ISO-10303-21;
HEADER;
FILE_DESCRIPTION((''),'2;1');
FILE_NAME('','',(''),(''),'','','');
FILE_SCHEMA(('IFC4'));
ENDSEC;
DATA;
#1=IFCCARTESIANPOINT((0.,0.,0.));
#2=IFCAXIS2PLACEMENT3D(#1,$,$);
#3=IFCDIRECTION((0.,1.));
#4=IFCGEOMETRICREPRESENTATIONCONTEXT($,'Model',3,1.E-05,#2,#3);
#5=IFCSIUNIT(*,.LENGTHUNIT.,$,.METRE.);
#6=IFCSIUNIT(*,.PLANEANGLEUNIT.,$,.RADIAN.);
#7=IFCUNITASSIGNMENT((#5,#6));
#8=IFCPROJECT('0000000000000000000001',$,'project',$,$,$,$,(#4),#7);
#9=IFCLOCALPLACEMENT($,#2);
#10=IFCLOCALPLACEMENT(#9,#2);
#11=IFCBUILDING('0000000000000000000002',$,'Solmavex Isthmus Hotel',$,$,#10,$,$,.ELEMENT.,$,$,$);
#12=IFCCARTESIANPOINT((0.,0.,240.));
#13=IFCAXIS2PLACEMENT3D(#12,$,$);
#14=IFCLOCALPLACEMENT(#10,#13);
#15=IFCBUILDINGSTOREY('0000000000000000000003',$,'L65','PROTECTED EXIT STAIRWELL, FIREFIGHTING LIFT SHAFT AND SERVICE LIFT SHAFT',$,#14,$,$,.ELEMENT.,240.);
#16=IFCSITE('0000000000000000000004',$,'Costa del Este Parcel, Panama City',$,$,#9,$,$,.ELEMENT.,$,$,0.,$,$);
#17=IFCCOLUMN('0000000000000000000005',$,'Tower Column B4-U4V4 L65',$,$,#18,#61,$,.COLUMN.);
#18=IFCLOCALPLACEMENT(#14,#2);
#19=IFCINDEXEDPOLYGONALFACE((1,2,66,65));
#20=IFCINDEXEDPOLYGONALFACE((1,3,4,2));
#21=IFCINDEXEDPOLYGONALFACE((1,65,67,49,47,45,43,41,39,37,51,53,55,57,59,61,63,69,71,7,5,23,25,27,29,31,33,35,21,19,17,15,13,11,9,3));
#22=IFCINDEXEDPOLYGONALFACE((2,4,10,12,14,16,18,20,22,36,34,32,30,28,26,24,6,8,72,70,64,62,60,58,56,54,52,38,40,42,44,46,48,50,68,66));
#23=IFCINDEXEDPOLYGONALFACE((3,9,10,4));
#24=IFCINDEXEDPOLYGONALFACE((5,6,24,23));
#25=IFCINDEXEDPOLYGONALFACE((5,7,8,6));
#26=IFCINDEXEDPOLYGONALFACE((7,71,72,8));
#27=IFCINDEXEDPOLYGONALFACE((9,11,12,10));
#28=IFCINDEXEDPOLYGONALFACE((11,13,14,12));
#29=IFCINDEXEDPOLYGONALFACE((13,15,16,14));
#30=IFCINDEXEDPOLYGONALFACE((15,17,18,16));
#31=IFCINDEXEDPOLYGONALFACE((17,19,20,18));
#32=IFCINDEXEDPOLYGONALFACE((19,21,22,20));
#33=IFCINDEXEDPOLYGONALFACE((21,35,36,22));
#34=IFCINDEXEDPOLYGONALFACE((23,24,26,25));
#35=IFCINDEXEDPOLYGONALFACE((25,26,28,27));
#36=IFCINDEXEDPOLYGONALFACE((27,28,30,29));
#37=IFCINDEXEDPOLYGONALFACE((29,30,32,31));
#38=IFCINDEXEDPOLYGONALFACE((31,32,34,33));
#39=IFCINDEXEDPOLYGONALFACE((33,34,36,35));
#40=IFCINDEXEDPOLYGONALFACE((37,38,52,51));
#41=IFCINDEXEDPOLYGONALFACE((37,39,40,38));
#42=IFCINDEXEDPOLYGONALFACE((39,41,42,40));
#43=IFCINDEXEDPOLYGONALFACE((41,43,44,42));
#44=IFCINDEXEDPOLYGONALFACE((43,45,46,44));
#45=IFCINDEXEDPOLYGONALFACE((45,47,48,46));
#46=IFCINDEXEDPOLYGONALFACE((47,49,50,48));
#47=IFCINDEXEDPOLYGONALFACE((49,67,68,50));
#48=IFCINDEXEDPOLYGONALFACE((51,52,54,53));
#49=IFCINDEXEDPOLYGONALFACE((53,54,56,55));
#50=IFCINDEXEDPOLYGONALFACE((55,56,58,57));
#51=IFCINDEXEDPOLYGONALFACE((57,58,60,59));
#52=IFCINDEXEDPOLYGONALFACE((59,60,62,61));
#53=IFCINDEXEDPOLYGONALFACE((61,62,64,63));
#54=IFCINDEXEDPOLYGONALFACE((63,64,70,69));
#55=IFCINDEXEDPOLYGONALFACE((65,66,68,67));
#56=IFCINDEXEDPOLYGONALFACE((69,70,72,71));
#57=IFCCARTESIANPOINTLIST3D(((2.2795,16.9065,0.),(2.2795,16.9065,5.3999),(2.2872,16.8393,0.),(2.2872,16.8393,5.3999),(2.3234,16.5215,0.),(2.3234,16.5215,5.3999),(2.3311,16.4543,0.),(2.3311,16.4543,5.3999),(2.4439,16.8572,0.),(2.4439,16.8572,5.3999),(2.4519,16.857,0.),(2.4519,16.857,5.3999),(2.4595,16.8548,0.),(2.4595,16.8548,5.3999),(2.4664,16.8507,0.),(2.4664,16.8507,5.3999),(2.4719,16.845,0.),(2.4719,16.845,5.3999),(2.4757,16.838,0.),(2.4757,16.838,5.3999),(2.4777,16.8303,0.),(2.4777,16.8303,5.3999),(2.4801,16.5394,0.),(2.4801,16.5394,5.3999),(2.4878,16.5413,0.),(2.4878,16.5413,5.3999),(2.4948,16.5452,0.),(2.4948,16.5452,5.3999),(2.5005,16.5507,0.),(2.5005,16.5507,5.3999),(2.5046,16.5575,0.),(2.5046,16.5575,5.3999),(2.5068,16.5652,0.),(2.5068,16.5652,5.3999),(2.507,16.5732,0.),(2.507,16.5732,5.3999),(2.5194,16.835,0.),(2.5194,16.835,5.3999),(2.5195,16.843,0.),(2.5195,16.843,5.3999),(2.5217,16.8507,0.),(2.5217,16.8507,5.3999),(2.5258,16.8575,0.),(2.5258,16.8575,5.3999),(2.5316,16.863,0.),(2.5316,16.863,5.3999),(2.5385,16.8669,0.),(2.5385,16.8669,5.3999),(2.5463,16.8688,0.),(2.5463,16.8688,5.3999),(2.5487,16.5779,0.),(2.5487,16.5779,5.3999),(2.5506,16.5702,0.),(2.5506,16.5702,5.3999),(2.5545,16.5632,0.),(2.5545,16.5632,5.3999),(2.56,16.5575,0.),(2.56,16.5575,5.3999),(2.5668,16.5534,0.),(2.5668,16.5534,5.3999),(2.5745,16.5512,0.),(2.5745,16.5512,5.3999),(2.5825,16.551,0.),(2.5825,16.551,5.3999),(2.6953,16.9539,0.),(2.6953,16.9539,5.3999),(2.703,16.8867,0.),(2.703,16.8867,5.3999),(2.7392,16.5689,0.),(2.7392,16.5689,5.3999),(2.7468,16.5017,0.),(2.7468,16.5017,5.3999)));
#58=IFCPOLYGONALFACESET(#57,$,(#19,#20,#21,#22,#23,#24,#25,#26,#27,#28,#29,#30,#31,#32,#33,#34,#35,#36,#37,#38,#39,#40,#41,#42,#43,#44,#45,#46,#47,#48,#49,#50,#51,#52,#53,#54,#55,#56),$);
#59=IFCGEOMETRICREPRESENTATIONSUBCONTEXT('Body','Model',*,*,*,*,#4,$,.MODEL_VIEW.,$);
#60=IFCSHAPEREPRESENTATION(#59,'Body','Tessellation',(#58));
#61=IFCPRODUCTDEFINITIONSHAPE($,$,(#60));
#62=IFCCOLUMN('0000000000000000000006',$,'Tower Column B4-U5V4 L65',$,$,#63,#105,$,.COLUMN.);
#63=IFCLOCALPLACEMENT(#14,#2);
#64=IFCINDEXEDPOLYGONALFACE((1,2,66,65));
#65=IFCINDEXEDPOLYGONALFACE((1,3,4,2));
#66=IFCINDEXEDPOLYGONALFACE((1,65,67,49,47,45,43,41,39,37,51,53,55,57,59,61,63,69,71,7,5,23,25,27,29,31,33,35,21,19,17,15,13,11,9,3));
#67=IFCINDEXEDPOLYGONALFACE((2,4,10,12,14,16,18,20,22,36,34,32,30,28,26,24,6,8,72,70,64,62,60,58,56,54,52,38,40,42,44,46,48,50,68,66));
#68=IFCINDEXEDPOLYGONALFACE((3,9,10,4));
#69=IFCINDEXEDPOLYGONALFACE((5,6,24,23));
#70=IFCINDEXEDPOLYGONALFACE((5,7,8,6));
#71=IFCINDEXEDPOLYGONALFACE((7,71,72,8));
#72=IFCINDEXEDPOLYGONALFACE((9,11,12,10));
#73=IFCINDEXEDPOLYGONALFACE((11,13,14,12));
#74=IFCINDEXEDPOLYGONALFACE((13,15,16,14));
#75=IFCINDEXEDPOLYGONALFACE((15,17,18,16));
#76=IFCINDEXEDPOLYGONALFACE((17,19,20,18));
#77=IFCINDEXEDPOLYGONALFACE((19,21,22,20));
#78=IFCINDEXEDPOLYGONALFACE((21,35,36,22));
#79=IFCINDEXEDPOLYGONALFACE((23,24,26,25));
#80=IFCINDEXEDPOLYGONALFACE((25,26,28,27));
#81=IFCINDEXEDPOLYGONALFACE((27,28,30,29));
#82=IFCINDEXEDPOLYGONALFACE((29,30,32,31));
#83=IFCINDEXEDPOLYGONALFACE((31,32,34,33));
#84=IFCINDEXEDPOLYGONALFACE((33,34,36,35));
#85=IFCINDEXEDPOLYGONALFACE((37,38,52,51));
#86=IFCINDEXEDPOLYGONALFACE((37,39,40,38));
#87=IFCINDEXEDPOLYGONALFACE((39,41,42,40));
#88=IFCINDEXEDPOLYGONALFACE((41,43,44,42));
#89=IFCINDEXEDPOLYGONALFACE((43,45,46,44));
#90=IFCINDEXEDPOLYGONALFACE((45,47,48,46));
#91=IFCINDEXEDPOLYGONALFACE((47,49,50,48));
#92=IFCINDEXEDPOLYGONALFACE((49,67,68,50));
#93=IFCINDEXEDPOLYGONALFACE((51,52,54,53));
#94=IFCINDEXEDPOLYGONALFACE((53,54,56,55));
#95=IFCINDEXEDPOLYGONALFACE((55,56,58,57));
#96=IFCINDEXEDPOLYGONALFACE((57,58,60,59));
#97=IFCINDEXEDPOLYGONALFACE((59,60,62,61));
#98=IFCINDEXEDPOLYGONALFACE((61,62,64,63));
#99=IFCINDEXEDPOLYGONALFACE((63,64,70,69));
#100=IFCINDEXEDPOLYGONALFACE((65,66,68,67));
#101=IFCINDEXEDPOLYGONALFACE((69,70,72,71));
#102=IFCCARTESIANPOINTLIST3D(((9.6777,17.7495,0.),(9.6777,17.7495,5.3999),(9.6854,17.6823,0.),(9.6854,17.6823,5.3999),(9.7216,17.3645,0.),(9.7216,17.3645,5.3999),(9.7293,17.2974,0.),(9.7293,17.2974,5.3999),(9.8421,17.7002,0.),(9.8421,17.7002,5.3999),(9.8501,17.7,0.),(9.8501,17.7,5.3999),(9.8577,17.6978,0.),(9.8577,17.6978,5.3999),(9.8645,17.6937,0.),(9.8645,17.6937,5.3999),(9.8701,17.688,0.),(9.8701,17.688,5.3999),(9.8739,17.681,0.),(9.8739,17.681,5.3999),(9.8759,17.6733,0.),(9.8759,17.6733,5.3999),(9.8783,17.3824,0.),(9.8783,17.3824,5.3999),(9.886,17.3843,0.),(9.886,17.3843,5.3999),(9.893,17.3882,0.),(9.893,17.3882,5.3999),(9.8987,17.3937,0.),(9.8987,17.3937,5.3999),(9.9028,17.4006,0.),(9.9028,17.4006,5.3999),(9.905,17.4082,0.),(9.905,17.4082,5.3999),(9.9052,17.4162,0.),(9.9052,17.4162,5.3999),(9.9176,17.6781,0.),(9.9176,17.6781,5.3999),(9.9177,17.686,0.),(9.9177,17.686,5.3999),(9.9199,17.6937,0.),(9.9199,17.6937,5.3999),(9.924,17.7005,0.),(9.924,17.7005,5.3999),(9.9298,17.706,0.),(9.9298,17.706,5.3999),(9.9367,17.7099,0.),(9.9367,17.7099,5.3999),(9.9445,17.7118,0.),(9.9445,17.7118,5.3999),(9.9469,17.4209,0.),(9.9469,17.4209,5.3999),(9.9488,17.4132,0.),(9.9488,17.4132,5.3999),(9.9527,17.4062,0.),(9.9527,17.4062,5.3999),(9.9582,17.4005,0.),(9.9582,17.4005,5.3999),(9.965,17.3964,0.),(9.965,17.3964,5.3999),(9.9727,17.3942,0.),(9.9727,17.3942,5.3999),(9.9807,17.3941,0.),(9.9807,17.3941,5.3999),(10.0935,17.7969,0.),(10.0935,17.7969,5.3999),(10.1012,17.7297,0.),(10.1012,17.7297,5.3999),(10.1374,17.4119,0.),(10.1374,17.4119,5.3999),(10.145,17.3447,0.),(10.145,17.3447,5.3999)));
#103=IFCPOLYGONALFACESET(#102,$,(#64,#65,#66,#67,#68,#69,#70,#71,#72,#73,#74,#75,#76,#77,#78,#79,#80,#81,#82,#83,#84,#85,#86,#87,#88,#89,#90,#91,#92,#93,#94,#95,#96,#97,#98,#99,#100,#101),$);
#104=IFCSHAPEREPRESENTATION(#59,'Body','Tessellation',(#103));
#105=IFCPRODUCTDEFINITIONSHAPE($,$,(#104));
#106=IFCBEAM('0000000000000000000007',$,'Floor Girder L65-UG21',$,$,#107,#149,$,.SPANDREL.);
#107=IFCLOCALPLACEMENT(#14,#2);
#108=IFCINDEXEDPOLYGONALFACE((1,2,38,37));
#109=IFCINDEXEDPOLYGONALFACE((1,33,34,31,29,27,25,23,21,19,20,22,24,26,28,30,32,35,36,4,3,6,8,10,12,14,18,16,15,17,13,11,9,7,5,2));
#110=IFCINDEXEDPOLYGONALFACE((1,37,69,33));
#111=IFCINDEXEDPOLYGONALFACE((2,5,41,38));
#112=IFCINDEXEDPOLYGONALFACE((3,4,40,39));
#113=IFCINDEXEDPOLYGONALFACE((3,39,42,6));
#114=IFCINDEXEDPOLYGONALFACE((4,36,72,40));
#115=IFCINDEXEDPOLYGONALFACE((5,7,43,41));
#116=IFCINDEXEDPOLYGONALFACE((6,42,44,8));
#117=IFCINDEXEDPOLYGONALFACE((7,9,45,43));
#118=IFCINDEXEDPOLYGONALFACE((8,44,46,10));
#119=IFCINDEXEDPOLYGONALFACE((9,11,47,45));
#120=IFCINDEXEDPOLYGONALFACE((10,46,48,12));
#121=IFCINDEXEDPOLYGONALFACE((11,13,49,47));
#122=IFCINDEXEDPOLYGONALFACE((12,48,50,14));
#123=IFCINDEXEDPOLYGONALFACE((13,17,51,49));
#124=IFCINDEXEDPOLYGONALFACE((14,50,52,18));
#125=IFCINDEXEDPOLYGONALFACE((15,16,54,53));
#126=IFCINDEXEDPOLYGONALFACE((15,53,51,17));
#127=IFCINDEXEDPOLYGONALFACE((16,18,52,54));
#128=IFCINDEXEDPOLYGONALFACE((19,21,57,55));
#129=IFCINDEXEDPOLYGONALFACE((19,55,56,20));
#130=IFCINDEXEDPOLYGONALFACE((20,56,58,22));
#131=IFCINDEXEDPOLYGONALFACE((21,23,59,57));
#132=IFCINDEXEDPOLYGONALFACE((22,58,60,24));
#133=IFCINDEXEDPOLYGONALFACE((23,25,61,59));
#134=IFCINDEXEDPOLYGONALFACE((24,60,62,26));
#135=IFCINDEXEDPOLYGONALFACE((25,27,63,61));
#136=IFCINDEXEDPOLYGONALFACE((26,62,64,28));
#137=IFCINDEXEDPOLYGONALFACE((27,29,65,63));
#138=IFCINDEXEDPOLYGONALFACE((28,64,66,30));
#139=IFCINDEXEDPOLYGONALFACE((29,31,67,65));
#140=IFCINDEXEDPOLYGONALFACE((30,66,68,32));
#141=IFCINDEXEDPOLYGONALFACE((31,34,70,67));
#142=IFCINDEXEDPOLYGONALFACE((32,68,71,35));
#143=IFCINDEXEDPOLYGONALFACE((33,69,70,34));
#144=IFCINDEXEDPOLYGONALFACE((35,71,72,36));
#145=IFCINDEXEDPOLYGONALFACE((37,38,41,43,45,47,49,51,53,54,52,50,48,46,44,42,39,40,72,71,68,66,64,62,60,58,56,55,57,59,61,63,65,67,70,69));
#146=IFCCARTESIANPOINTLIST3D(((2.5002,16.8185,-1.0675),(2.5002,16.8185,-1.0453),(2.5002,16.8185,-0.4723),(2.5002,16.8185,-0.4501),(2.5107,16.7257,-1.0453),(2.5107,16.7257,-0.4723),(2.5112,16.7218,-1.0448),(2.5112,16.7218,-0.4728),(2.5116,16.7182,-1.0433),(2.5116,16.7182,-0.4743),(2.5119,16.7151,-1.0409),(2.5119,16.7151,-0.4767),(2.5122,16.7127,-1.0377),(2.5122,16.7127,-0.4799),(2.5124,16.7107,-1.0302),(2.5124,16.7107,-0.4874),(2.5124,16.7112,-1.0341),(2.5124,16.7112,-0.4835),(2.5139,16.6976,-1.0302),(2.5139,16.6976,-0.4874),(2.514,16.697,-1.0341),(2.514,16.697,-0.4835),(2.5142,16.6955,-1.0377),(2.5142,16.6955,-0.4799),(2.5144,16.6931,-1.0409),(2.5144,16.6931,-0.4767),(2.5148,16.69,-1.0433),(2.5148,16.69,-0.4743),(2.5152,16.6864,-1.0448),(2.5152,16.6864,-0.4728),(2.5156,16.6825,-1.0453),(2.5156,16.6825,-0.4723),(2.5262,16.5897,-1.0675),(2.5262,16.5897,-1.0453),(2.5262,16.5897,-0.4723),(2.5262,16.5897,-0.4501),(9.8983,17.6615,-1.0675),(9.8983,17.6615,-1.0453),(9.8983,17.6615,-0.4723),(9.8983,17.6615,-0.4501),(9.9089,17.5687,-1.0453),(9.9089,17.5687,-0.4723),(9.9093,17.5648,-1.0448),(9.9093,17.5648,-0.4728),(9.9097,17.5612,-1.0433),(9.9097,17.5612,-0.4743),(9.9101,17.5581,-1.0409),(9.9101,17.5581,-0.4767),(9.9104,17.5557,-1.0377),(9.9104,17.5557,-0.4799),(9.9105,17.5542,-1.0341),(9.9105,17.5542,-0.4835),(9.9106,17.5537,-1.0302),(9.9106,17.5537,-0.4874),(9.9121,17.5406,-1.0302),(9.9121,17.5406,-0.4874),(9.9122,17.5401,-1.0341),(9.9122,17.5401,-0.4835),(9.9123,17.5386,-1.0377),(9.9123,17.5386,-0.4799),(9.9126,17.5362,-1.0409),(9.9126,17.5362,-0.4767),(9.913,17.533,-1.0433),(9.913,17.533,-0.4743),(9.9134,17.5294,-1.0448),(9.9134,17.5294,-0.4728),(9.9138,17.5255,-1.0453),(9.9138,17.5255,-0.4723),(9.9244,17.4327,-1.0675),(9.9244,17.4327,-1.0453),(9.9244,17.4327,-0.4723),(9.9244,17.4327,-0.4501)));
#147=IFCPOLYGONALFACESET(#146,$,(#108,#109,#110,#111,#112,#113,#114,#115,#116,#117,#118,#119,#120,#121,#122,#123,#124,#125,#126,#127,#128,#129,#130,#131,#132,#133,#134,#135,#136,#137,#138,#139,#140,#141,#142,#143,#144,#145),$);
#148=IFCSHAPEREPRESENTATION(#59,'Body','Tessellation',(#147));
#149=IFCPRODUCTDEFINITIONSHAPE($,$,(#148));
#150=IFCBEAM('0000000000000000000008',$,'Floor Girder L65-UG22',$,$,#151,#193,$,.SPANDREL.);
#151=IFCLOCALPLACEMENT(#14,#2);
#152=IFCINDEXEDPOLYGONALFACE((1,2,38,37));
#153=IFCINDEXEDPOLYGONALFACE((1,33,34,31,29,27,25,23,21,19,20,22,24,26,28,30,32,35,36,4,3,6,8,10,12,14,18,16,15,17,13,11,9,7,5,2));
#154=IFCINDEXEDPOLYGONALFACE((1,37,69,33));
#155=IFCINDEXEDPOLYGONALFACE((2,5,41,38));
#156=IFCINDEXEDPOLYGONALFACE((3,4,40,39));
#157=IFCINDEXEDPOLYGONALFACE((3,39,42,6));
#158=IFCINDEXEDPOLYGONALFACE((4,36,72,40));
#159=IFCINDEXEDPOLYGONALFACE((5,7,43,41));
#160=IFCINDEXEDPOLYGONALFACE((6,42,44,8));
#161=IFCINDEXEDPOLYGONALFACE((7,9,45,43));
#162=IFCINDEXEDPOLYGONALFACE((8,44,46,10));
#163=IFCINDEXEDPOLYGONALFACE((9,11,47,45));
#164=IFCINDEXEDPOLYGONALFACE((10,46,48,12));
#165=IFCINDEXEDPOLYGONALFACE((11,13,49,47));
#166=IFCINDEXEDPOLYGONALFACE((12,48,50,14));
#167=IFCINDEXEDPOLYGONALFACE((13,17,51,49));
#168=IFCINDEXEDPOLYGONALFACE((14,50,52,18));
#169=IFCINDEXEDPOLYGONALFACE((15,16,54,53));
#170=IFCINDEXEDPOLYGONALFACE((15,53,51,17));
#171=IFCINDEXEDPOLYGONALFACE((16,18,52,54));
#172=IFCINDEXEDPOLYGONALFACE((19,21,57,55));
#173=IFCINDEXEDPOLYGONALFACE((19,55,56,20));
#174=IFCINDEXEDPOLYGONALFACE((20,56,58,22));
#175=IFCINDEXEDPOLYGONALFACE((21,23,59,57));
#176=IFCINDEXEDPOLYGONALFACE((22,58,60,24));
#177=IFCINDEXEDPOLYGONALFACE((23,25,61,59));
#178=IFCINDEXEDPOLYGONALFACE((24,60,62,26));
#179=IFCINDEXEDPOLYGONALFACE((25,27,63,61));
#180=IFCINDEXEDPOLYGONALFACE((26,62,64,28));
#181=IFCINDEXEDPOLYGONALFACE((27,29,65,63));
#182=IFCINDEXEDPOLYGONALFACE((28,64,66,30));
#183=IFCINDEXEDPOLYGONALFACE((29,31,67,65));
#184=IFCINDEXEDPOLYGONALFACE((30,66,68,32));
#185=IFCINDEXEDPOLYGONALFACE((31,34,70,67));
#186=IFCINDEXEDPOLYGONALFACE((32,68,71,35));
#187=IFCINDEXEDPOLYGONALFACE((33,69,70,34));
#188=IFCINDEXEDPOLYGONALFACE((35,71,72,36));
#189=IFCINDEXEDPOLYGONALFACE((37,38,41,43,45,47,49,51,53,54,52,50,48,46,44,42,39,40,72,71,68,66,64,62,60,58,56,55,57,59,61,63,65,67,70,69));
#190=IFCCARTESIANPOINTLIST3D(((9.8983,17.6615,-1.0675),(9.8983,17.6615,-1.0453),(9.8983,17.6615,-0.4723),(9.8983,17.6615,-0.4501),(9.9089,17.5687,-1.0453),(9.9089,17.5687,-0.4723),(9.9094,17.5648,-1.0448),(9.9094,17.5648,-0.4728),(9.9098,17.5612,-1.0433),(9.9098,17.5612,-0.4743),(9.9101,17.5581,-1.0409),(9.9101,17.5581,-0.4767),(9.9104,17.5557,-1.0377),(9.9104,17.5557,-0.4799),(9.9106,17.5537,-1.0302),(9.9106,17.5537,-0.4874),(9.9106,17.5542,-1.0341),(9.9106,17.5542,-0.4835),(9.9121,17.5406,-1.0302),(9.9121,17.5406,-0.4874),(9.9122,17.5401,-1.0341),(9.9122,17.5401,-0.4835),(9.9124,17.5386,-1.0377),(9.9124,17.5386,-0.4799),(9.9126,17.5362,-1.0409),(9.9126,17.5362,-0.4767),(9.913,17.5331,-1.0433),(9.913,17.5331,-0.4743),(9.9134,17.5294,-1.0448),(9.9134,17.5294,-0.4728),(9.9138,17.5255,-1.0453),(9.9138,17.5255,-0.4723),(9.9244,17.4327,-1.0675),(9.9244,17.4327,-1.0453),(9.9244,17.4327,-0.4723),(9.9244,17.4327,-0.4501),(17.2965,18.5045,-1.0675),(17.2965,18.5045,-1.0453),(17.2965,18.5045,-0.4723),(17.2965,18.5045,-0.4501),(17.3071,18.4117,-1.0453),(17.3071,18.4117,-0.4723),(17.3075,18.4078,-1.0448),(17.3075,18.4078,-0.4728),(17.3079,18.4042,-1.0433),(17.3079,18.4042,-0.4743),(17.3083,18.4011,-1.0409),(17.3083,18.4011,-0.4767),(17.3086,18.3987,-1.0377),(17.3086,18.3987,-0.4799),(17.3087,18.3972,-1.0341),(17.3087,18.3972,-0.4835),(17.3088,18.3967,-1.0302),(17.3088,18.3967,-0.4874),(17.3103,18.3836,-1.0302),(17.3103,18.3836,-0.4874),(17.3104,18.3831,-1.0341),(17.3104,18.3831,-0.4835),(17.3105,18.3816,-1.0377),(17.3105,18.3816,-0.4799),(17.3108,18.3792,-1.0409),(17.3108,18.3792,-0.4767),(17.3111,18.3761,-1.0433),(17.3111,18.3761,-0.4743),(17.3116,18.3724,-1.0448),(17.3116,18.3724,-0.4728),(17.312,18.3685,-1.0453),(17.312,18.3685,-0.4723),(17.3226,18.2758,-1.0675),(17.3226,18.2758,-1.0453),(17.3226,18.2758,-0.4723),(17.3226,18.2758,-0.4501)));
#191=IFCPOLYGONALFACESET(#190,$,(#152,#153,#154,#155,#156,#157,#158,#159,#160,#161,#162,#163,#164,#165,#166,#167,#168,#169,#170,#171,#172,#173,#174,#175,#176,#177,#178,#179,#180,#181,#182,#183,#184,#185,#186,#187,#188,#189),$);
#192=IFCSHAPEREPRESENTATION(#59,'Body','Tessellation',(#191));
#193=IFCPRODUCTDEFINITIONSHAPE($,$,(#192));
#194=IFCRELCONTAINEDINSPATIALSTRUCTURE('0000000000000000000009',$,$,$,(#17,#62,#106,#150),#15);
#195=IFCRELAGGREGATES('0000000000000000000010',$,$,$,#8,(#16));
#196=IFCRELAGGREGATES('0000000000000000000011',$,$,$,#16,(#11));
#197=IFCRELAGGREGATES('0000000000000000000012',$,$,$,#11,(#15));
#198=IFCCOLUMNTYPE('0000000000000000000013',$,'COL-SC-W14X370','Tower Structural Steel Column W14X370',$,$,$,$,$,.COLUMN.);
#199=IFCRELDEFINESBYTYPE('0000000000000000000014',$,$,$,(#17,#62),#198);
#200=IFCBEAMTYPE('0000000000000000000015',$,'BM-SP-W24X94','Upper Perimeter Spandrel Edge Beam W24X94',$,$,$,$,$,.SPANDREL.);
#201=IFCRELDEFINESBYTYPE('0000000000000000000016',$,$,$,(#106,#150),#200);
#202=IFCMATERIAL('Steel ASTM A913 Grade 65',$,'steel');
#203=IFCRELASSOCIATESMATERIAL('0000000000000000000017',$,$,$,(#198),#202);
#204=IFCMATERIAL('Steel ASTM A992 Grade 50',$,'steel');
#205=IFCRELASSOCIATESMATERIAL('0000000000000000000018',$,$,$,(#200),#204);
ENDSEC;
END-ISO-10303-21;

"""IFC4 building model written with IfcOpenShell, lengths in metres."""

from ifc_helpers import new_model, si_unit, direction, frame, origin, origin_2d, place, context, subcontext, project, spatial, i_section, extrude, material, material_profile, profile_set, type_object, element, save


model = new_model("IFC4")

# Units and contexts
model_context = context("Model", 3, precision=1e-05, world=origin(), true_north=direction((0.0, 1.0)))
body_context = subcontext(model_context, "Body", "Model", "MODEL_VIEW")
ifc_project = project(units=[si_unit("LENGTHUNIT", "METRE"), si_unit("PLANEANGLEUNIT", "RADIAN")], contexts=[model_context])

# Site, building, storey
site_placement = place(None, origin())
site = spatial("IfcSite", under=ifc_project, at=site_placement, Name="Costa del Este Parcel, Panama City", CompositionType="ELEMENT", RefElevation=0.0)
building_placement = place(site_placement, origin())
building = spatial("IfcBuilding", under=site, at=building_placement, Name="Solmavex Isthmus Hotel", CompositionType="ELEMENT")
storey_placement = place(building_placement, frame((0.0, 0.0, 240.0)))
storey = spatial("IfcBuildingStorey", under=building, at=storey_placement, Name="L65", Description="PROTECTED EXIT STAIRWELL, FIREFIGHTING LIFT SHAFT AND SERVICE LIFT SHAFT", CompositionType="ELEMENT", Elevation=240.0)

# Columns
ifc_material_1 = material(Name="Steel ASTM A913 Grade 65", Category="steel")
ifc_material_profile_1 = material_profile(ifc_material_1, i_section(OverallWidth=0.4185, OverallDepth=0.4551, WebThickness=0.042, FlangeThickness=0.0676, FilletRadius=0.0305, at=origin_2d()), Name="W14X370")
ifc_profile_set_1 = profile_set([ifc_material_profile_1], Name="Steel ASTM A913 Grade 65")
column_type = type_object("IfcColumnType", Name="COL-SC-W14X370", Description="Tower Structural Steel Column W14X370", PredefinedType="COLUMN", material=ifc_profile_set_1)
for number, where, z_axis, x_axis, name in (
    (1, (2.5132, 16.7041, 0.0), (0.0, 0.0, 1.0), (0.993572, 0.113203, 0.0), "Tower Column B4-U4V4 L65"),
    (2, (9.9114, 17.5471, 0.0), (0.0, 0.0, 1.0), (0.993572, 0.113203, 0.0), "Tower Column B4-U5V4 L65"),
):
    element("IfcColumn", number, at=place(storey_placement, frame(where, z_axis=z_axis, x_axis=x_axis)), inside=storey, type_object=column_type, Name=name, PredefinedType="COLUMN", context=body_context, shape_type="SweptSolid", body=[
        extrude(i_section(OverallWidth=0.4185, OverallDepth=0.4551, WebThickness=0.042, FlangeThickness=0.0676, FilletRadius=0.0305, at=origin_2d()), origin(), (0.0, 0.0, 1.0), 5.3999),
    ])

# Beams
ifc_material_2 = material(Name="Steel ASTM A992 Grade 50", Category="steel")
ifc_material_profile_2 = material_profile(ifc_material_2, i_section(OverallWidth=0.2302, OverallDepth=0.6174, WebThickness=0.0132, FlangeThickness=0.0222, FilletRadius=0.0151, at=origin_2d()), Name="W24X94")
ifc_profile_set_2 = profile_set([ifc_material_profile_2], Name="Steel ASTM A992 Grade 50")
beam_type_1 = type_object("IfcBeamType", Name="BM-SP-W24X94", Description="Upper Perimeter Spandrel Edge Beam W24X94", PredefinedType="SPANDREL", material=ifc_profile_set_2)
for number, where, z_axis, x_axis, name in (
    (3, (2.5132, 16.7041, -0.7588), (0.99357, 0.113216, 0.0), (-0.113216, 0.99357, 0.0), "Floor Girder L65-UG21"),
    (4, (9.9114, 17.5471, -0.7588), (0.99357, 0.113216, 0.0), (-0.113216, 0.99357, 0.0), "Floor Girder L65-UG22"),
):
    element("IfcBeam", number, at=place(storey_placement, frame(where, z_axis=z_axis, x_axis=x_axis)), inside=storey, type_object=beam_type_1, Name=name, PredefinedType="SPANDREL", context=body_context, shape_type="SweptSolid", body=[
        extrude(i_section(OverallWidth=0.2302, OverallDepth=0.6174, WebThickness=0.0132, FlangeThickness=0.0222, FilletRadius=0.0151, at=origin_2d()), origin(), (0.0, 0.0, 1.0), 7.446),
    ])

save(model, "model.ifc")
